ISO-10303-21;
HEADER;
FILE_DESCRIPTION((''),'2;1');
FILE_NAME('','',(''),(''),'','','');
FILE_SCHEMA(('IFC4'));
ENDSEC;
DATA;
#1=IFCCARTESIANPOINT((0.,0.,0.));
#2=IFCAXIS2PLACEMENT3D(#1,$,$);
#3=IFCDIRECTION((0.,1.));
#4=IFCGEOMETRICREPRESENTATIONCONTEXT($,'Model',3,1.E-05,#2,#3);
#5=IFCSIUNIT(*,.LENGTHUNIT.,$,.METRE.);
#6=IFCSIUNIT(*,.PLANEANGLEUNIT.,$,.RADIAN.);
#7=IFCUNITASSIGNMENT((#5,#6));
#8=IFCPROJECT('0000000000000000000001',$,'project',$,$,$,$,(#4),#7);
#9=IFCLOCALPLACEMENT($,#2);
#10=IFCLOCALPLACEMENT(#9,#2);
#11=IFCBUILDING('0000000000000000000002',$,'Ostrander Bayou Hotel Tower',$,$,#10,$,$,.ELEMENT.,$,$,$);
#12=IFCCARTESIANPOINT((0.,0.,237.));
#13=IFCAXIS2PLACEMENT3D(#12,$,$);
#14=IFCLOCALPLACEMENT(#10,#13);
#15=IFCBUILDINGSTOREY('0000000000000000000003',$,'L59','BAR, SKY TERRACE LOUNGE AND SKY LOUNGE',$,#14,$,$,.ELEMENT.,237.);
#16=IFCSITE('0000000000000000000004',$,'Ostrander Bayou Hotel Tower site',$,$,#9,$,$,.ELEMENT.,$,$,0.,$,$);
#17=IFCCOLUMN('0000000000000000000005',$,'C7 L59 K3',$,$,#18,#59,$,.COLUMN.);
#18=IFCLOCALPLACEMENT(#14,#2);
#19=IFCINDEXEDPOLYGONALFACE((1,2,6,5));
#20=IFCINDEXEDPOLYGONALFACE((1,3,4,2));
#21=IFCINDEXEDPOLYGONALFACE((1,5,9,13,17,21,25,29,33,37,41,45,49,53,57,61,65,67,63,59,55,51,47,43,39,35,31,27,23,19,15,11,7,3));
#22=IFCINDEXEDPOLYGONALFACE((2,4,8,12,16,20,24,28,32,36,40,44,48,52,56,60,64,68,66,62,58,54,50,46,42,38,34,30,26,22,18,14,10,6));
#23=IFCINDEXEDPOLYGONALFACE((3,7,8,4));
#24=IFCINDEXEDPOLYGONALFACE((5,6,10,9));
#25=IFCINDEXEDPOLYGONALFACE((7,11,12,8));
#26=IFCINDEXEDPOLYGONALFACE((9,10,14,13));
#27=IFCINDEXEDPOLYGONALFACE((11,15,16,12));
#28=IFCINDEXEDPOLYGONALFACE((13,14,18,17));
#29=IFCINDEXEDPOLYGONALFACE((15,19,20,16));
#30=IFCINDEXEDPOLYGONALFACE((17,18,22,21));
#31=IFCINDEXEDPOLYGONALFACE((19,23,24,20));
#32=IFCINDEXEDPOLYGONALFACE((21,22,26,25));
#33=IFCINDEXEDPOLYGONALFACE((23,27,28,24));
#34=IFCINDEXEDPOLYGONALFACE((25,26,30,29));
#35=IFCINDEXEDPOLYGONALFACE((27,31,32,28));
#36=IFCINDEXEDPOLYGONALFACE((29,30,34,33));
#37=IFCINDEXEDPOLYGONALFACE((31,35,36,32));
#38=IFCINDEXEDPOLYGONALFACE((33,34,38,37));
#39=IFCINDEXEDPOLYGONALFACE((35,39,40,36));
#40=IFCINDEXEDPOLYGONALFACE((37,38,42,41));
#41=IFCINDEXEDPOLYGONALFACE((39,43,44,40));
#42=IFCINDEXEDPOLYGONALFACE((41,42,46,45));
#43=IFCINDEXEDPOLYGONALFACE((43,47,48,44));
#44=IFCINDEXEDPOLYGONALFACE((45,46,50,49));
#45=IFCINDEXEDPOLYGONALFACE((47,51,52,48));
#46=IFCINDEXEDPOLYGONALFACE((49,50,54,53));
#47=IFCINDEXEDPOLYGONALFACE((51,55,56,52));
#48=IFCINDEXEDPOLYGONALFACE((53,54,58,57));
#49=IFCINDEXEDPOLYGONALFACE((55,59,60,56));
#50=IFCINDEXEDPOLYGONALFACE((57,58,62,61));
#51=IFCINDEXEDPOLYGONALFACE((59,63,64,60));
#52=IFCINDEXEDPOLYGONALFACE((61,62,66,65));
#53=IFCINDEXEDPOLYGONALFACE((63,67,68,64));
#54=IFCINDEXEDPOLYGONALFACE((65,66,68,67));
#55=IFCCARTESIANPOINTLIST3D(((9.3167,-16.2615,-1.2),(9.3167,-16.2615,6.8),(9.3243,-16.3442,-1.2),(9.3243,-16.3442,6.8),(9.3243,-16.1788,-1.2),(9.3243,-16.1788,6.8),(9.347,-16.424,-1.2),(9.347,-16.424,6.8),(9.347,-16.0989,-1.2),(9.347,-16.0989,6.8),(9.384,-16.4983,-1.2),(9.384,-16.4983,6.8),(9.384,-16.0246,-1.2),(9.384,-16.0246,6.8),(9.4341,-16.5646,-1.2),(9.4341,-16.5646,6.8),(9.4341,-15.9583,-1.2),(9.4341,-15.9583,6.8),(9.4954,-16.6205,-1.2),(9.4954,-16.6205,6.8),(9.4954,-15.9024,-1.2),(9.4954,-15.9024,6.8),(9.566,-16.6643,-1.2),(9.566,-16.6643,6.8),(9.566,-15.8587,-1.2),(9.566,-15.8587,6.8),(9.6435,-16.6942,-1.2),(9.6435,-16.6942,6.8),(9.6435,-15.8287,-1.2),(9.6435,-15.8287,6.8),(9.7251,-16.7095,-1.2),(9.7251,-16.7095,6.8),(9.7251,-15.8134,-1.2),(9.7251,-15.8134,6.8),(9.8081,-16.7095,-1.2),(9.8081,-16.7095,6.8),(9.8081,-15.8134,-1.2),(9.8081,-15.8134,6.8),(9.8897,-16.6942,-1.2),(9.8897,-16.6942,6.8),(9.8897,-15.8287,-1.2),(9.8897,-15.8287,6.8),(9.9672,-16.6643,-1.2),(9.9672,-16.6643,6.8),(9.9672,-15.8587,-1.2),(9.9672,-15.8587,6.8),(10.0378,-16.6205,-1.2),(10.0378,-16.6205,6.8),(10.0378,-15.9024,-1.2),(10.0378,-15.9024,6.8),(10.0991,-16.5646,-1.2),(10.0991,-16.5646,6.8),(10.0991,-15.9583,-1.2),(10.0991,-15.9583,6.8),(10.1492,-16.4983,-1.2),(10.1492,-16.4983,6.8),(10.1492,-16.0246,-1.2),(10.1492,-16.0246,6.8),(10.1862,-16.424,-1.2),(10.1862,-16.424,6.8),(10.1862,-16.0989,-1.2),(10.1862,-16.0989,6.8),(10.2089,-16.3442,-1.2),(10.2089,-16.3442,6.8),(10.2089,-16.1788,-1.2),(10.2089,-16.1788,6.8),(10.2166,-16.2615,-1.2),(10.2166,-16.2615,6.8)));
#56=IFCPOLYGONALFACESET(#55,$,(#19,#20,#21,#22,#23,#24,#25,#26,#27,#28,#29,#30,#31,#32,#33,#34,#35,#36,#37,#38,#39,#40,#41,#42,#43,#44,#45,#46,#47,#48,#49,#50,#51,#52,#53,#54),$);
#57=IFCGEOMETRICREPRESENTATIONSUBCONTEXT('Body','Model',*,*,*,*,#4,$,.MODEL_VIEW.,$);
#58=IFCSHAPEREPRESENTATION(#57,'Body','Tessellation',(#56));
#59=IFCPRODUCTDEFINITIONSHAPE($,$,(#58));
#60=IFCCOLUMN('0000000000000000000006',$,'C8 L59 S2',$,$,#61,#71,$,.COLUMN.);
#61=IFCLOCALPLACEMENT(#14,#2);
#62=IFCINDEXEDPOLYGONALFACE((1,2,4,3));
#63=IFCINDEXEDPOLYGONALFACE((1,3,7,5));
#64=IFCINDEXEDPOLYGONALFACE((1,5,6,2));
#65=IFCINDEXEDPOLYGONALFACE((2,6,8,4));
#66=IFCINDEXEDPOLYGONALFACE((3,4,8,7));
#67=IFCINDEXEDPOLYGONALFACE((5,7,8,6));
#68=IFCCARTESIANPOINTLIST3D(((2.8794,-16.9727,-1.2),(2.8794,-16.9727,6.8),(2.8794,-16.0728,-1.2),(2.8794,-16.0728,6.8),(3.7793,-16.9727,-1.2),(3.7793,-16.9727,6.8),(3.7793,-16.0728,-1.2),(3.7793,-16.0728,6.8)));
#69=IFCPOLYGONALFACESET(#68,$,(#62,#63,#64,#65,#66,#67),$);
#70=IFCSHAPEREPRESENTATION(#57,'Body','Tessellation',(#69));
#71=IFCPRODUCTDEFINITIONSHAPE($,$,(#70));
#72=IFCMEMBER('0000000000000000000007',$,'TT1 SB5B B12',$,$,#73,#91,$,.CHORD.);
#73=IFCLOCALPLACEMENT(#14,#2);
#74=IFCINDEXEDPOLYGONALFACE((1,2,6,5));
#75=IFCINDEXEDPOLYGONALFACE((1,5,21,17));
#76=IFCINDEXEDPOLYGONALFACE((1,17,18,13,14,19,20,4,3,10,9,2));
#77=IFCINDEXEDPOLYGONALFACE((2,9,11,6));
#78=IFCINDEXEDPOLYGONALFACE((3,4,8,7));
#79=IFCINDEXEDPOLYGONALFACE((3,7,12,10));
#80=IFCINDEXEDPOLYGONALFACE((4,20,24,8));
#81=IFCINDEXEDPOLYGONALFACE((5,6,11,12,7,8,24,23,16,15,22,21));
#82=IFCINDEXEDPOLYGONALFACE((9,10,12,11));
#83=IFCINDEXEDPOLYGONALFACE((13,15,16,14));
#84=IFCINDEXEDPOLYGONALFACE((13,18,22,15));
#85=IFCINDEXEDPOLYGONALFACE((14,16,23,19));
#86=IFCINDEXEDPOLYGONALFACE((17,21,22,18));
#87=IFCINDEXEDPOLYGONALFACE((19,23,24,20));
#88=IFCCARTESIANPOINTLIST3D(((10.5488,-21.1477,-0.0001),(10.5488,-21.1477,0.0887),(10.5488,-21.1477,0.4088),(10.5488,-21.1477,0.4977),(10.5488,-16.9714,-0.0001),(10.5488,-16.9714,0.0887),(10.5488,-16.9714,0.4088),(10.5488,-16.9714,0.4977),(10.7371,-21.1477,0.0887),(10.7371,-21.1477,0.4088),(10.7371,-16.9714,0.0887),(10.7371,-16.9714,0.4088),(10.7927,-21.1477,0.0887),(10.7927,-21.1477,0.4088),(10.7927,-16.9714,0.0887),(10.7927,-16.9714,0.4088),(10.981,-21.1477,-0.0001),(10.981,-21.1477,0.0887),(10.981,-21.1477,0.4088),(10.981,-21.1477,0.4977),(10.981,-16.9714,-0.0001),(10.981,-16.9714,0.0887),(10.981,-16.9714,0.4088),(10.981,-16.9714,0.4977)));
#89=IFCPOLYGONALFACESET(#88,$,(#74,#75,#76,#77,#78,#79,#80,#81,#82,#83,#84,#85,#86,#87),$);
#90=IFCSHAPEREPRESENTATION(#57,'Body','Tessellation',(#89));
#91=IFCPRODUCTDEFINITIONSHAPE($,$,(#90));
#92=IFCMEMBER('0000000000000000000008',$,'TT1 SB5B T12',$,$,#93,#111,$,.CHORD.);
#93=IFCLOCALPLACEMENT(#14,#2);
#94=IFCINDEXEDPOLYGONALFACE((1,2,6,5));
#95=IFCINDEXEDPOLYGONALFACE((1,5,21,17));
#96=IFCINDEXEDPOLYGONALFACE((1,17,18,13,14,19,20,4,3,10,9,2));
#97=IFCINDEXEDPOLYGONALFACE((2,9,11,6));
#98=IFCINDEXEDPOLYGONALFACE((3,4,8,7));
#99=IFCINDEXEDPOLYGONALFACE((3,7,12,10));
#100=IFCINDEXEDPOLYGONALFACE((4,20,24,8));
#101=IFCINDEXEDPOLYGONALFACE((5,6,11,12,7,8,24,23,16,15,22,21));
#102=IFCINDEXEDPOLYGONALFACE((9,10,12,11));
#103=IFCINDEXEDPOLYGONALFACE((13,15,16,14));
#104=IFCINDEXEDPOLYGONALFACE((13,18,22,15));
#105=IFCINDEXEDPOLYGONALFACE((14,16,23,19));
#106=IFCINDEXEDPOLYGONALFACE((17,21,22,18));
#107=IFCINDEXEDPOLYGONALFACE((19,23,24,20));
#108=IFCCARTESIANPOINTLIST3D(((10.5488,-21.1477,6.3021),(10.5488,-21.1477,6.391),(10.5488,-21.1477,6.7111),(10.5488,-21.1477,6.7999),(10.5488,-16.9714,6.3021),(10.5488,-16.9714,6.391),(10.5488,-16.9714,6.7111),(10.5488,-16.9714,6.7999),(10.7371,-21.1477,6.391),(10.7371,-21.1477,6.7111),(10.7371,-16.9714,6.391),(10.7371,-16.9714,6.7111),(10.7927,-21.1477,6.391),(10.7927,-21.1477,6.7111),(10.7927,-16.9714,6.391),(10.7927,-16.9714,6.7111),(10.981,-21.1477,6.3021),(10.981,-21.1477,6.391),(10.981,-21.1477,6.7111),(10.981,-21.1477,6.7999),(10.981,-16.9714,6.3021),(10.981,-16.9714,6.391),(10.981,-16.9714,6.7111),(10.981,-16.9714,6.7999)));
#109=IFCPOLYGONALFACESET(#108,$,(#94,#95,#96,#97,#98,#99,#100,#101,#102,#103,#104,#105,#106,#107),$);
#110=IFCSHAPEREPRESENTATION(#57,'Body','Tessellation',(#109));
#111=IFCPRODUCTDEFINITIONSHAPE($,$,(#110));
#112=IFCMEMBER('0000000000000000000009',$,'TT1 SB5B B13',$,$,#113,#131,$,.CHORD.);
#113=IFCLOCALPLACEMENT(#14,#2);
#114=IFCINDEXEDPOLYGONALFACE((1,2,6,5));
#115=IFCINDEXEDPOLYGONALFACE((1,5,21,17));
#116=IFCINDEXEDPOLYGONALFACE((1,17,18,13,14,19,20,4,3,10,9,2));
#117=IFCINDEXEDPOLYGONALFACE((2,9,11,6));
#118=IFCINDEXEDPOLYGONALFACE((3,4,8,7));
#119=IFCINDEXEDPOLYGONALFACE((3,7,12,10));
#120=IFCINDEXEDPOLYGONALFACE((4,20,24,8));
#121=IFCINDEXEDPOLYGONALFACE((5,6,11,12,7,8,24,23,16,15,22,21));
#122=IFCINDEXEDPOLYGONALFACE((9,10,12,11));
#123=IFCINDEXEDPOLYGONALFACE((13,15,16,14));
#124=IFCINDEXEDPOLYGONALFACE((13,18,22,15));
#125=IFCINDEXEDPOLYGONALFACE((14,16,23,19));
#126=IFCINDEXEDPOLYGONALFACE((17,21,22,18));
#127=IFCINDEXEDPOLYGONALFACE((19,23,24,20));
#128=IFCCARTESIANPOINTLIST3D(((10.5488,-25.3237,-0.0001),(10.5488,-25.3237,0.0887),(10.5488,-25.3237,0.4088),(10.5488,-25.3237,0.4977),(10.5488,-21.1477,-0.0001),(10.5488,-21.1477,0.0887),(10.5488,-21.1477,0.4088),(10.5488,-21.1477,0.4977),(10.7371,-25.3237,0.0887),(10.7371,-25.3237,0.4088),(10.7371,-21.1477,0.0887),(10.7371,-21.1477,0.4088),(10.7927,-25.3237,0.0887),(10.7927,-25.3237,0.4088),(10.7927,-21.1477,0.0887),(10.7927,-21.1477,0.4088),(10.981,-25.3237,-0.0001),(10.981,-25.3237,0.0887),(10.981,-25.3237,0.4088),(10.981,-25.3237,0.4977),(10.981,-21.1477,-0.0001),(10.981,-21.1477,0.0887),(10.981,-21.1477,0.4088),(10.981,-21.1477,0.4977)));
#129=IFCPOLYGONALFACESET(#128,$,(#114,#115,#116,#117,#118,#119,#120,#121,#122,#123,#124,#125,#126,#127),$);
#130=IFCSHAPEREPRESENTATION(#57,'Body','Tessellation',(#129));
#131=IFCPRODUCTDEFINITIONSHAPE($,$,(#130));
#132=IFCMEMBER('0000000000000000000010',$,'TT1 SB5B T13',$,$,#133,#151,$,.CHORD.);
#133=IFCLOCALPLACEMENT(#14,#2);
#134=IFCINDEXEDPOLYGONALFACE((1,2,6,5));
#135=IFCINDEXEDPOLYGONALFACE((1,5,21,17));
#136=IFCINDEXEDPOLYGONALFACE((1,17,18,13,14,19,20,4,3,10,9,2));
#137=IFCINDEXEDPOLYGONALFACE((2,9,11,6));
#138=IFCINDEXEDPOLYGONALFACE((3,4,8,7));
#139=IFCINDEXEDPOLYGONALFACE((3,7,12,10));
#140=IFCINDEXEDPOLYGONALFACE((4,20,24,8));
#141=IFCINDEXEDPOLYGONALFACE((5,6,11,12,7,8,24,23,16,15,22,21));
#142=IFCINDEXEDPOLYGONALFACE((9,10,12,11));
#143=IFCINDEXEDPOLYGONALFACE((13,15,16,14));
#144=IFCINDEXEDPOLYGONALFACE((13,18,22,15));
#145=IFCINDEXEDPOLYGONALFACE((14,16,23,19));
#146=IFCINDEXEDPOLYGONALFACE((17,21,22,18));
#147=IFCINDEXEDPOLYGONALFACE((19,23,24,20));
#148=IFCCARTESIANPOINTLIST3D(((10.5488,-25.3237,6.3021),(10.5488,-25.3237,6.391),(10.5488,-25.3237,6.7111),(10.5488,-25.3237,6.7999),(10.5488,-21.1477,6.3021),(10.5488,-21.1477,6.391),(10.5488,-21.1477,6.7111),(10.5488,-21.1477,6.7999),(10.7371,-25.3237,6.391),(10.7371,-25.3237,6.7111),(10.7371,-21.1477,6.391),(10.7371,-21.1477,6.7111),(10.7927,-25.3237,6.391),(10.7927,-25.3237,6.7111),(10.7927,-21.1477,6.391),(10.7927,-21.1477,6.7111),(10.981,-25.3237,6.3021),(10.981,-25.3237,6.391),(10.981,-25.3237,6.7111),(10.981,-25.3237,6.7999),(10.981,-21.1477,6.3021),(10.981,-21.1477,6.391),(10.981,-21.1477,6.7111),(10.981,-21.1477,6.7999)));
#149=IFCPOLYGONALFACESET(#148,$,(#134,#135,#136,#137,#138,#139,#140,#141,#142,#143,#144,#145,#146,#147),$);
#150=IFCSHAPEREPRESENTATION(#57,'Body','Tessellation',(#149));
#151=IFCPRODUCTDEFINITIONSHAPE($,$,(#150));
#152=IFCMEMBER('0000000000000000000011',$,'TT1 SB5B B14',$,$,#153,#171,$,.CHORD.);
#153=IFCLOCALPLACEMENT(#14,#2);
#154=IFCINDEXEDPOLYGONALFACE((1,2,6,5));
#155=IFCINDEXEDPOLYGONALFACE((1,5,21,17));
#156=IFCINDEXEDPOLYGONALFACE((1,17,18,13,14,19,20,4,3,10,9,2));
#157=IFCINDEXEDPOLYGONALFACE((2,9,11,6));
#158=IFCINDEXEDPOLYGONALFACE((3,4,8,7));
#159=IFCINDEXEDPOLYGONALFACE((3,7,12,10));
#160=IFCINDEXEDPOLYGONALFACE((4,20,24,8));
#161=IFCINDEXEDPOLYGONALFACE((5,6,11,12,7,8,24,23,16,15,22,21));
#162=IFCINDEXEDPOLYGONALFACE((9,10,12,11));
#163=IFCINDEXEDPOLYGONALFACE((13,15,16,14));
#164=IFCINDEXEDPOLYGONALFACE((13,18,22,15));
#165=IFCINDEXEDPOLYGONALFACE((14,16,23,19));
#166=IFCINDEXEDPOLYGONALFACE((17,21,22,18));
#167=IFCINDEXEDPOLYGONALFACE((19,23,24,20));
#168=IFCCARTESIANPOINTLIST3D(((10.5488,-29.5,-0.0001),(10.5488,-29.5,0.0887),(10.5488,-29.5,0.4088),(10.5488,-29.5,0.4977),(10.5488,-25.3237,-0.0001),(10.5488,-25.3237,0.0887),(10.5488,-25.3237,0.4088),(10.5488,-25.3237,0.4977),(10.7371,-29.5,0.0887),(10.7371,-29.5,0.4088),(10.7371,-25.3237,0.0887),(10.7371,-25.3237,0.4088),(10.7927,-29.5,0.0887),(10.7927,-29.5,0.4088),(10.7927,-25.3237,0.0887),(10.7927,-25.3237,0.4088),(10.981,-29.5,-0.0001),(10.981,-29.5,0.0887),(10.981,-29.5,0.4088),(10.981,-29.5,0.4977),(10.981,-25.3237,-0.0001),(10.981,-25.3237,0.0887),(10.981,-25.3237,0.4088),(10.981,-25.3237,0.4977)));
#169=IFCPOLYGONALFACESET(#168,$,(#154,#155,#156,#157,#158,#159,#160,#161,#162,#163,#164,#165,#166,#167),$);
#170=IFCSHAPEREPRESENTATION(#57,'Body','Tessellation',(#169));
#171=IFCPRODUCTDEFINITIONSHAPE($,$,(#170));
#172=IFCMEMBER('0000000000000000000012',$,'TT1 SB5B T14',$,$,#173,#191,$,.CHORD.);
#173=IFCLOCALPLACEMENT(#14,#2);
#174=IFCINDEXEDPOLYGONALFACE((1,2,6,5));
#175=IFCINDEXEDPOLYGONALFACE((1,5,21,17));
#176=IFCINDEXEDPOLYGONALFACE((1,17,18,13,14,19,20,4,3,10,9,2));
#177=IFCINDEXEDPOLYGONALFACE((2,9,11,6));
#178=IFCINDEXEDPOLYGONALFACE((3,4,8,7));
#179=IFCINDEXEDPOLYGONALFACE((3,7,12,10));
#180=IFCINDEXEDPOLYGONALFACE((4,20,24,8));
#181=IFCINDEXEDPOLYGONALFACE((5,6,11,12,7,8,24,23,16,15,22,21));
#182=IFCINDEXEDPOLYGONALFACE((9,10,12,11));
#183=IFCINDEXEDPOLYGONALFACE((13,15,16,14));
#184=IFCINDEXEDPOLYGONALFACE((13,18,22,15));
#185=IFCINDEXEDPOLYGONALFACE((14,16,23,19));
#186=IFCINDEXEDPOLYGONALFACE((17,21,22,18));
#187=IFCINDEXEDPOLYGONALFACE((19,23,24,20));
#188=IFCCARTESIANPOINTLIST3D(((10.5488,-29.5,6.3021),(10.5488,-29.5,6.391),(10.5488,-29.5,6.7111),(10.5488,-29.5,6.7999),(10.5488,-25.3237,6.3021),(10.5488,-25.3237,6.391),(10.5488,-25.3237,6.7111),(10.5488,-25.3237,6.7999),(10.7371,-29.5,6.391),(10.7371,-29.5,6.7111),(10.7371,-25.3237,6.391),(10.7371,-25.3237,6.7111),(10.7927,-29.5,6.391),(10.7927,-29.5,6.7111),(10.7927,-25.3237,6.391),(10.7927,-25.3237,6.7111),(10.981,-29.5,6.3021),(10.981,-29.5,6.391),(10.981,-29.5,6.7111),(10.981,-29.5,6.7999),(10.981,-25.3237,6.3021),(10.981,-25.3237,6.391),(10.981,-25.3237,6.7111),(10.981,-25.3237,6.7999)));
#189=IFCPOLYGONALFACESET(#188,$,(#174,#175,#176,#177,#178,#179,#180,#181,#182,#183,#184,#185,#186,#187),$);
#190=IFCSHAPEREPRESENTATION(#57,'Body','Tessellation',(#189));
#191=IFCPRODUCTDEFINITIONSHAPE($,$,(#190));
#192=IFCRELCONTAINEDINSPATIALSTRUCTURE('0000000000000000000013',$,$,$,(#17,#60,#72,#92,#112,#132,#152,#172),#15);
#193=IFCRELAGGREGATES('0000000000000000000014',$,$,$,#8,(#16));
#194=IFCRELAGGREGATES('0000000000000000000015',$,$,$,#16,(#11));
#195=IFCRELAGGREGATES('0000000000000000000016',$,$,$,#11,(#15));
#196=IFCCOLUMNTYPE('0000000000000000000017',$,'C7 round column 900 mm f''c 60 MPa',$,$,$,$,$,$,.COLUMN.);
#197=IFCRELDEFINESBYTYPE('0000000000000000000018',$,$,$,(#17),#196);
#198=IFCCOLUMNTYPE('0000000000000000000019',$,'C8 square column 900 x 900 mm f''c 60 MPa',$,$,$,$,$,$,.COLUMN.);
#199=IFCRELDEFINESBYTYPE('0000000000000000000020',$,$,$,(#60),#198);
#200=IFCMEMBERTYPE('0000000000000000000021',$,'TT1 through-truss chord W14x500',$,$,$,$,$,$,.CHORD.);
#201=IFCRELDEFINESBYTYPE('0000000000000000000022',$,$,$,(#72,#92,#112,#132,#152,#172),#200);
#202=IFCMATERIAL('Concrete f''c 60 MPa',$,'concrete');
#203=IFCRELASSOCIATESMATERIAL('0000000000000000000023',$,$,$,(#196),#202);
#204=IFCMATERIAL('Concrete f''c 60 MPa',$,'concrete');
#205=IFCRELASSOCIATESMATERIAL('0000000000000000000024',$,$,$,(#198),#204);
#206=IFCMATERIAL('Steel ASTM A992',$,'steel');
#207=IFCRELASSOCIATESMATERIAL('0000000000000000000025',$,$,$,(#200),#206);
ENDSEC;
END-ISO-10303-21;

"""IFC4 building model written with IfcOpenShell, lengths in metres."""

from ifc_helpers import new_model, si_unit, direction, frame, origin, origin_2d, place, context, subcontext, project, spatial, rectangle, circle, i_section, extrude, material, material_profile, profile_set, type_object, element, save


model = new_model("IFC4")

# Units and contexts
model_context = context("Model", 3, precision=1e-05, world=origin(), true_north=direction((0.0, 1.0)))
body_context = subcontext(model_context, "Body", "Model", "MODEL_VIEW")
ifc_project = project(units=[si_unit("LENGTHUNIT", "METRE"), si_unit("PLANEANGLEUNIT", "RADIAN")], contexts=[model_context])

# Site, building, storey
site_placement = place(None, origin())
site = spatial("IfcSite", under=ifc_project, at=site_placement, Name="Ostrander Bayou Hotel Tower site", CompositionType="ELEMENT", RefElevation=0.0)
building_placement = place(site_placement, origin())
building = spatial("IfcBuilding", under=site, at=building_placement, Name="Ostrander Bayou Hotel Tower", CompositionType="ELEMENT")
storey_placement = place(building_placement, frame((0.0, 0.0, 237.0)))
storey = spatial("IfcBuildingStorey", under=building, at=storey_placement, Name="L59", Description="BAR, SKY TERRACE LOUNGE AND SKY LOUNGE", CompositionType="ELEMENT", Elevation=237.0)

# Columns
ifc_material_1 = material(Name="Concrete f'c 60 MPa", Category="concrete")
ifc_material_profile_1 = material_profile(ifc_material_1, circle(Radius=0.45, at=origin_2d()))
ifc_profile_set_1 = profile_set([ifc_material_profile_1], Name="Concrete f'c 60 MPa")
column_type_1 = type_object("IfcColumnType", Name="C7 round column 900 mm f'c 60 MPa", PredefinedType="COLUMN", material=ifc_profile_set_1)
column_1_placement = place(storey_placement, frame((9.7666, -16.2615, -1.2), z_axis=(0.0, 0.0, 1.0), x_axis=(1.0, 0.0, 0.0)))
element("IfcColumn", 1, at=column_1_placement, inside=storey, type_object=column_type_1, Name="C7 L59 K3", PredefinedType="COLUMN", context=body_context, shape_type="SweptSolid", body=[
    extrude(circle(Radius=0.45, at=origin_2d()), origin(), (0.0, 0.0, 1.0), 8.0),
])
ifc_material_2 = material(Name="Concrete f'c 60 MPa", Category="concrete")
ifc_material_profile_2 = material_profile(ifc_material_2, rectangle(XDim=0.8999, YDim=0.8999, at=origin_2d()))
ifc_profile_set_2 = profile_set([ifc_material_profile_2], Name="Concrete f'c 60 MPa")
column_type_2 = type_object("IfcColumnType", Name="C8 square column 900 x 900 mm f'c 60 MPa", PredefinedType="COLUMN", material=ifc_profile_set_2)
column_2_placement = place(storey_placement, frame((3.3293, -16.5227, -1.2), z_axis=(0.0, 0.0, 1.0), x_axis=(-1.0, 0.0, 0.0)))
element("IfcColumn", 2, at=column_2_placement, inside=storey, type_object=column_type_2, Name="C8 L59 S2", PredefinedType="COLUMN", context=body_context, shape_type="SweptSolid", body=[
    extrude(rectangle(XDim=0.8999, YDim=0.8999, at=origin_2d()), origin(), (0.0, 0.0, 1.0), 8.0),
])

# Members
ifc_material_3 = material(Name="Steel ASTM A992", Category="steel")
ifc_material_profile_3 = material_profile(ifc_material_3, i_section(OverallWidth=0.4321, OverallDepth=0.4978, WebThickness=0.0557, FlangeThickness=0.0889, at=origin_2d()))
ifc_profile_set_3 = profile_set([ifc_material_profile_3], Name="Steel ASTM A992")
member_type_1 = type_object("IfcMemberType", Name="TT1 through-truss chord W14x500", PredefinedType="CHORD", material=ifc_profile_set_3)
for number, where, z_axis, x_axis, name in (
    (3, (10.7649, -16.9714, 0.2488), (0.0, -1.0, 0.0), (1.0, 0.0, 0.0), "TT1 SB5B B12"),
    (4, (10.7649, -16.9714, 6.551), (0.0, -1.0, 0.0), (1.0, 0.0, 0.0), "TT1 SB5B T12"),
):
    element("IfcMember", number, at=place(storey_placement, frame(where, z_axis=z_axis, x_axis=x_axis)), inside=storey, type_object=member_type_1, Name=name, PredefinedType="CHORD", context=body_context, shape_type="SweptSolid", body=[
        extrude(i_section(OverallWidth=0.4321, OverallDepth=0.4978, WebThickness=0.0557, FlangeThickness=0.0889, at=origin_2d()), origin(), (0.0, 0.0, 1.0), 4.1763),
    ])
for number, where, z_axis, x_axis, name in (
    (5, (10.7649, -21.1477, 0.2488), (0.0, -1.0, 0.0), (1.0, 0.0, 0.0), "TT1 SB5B B13"),
    (6, (10.7649, -21.1477, 6.551), (0.0, -1.0, 0.0), (1.0, 0.0, 0.0), "TT1 SB5B T13"),
):
    element("IfcMember", number, at=place(storey_placement, frame(where, z_axis=z_axis, x_axis=x_axis)), inside=storey, type_object=member_type_1, Name=name, PredefinedType="CHORD", context=body_context, shape_type="SweptSolid", body=[
        extrude(i_section(OverallWidth=0.4321, OverallDepth=0.4978, WebThickness=0.0557, FlangeThickness=0.0889, at=origin_2d()), origin(), (0.0, 0.0, 1.0), 4.176),
    ])
for number, where, z_axis, x_axis, name in (
    (7, (10.7649, -25.3237, 0.2488), (0.0, -1.0, 0.0), (1.0, 0.0, 0.0), "TT1 SB5B B14"),
    (8, (10.7649, -25.3237, 6.551), (0.0, -1.0, 0.0), (1.0, 0.0, 0.0), "TT1 SB5B T14"),
):
    element("IfcMember", number, at=place(storey_placement, frame(where, z_axis=z_axis, x_axis=x_axis)), inside=storey, type_object=member_type_1, Name=name, PredefinedType="CHORD", context=body_context, shape_type="SweptSolid", body=[
        extrude(i_section(OverallWidth=0.4321, OverallDepth=0.4978, WebThickness=0.0557, FlangeThickness=0.0889, at=origin_2d()), origin(), (0.0, 0.0, 1.0), 4.1763),
    ])

save(model, "model.ifc")
